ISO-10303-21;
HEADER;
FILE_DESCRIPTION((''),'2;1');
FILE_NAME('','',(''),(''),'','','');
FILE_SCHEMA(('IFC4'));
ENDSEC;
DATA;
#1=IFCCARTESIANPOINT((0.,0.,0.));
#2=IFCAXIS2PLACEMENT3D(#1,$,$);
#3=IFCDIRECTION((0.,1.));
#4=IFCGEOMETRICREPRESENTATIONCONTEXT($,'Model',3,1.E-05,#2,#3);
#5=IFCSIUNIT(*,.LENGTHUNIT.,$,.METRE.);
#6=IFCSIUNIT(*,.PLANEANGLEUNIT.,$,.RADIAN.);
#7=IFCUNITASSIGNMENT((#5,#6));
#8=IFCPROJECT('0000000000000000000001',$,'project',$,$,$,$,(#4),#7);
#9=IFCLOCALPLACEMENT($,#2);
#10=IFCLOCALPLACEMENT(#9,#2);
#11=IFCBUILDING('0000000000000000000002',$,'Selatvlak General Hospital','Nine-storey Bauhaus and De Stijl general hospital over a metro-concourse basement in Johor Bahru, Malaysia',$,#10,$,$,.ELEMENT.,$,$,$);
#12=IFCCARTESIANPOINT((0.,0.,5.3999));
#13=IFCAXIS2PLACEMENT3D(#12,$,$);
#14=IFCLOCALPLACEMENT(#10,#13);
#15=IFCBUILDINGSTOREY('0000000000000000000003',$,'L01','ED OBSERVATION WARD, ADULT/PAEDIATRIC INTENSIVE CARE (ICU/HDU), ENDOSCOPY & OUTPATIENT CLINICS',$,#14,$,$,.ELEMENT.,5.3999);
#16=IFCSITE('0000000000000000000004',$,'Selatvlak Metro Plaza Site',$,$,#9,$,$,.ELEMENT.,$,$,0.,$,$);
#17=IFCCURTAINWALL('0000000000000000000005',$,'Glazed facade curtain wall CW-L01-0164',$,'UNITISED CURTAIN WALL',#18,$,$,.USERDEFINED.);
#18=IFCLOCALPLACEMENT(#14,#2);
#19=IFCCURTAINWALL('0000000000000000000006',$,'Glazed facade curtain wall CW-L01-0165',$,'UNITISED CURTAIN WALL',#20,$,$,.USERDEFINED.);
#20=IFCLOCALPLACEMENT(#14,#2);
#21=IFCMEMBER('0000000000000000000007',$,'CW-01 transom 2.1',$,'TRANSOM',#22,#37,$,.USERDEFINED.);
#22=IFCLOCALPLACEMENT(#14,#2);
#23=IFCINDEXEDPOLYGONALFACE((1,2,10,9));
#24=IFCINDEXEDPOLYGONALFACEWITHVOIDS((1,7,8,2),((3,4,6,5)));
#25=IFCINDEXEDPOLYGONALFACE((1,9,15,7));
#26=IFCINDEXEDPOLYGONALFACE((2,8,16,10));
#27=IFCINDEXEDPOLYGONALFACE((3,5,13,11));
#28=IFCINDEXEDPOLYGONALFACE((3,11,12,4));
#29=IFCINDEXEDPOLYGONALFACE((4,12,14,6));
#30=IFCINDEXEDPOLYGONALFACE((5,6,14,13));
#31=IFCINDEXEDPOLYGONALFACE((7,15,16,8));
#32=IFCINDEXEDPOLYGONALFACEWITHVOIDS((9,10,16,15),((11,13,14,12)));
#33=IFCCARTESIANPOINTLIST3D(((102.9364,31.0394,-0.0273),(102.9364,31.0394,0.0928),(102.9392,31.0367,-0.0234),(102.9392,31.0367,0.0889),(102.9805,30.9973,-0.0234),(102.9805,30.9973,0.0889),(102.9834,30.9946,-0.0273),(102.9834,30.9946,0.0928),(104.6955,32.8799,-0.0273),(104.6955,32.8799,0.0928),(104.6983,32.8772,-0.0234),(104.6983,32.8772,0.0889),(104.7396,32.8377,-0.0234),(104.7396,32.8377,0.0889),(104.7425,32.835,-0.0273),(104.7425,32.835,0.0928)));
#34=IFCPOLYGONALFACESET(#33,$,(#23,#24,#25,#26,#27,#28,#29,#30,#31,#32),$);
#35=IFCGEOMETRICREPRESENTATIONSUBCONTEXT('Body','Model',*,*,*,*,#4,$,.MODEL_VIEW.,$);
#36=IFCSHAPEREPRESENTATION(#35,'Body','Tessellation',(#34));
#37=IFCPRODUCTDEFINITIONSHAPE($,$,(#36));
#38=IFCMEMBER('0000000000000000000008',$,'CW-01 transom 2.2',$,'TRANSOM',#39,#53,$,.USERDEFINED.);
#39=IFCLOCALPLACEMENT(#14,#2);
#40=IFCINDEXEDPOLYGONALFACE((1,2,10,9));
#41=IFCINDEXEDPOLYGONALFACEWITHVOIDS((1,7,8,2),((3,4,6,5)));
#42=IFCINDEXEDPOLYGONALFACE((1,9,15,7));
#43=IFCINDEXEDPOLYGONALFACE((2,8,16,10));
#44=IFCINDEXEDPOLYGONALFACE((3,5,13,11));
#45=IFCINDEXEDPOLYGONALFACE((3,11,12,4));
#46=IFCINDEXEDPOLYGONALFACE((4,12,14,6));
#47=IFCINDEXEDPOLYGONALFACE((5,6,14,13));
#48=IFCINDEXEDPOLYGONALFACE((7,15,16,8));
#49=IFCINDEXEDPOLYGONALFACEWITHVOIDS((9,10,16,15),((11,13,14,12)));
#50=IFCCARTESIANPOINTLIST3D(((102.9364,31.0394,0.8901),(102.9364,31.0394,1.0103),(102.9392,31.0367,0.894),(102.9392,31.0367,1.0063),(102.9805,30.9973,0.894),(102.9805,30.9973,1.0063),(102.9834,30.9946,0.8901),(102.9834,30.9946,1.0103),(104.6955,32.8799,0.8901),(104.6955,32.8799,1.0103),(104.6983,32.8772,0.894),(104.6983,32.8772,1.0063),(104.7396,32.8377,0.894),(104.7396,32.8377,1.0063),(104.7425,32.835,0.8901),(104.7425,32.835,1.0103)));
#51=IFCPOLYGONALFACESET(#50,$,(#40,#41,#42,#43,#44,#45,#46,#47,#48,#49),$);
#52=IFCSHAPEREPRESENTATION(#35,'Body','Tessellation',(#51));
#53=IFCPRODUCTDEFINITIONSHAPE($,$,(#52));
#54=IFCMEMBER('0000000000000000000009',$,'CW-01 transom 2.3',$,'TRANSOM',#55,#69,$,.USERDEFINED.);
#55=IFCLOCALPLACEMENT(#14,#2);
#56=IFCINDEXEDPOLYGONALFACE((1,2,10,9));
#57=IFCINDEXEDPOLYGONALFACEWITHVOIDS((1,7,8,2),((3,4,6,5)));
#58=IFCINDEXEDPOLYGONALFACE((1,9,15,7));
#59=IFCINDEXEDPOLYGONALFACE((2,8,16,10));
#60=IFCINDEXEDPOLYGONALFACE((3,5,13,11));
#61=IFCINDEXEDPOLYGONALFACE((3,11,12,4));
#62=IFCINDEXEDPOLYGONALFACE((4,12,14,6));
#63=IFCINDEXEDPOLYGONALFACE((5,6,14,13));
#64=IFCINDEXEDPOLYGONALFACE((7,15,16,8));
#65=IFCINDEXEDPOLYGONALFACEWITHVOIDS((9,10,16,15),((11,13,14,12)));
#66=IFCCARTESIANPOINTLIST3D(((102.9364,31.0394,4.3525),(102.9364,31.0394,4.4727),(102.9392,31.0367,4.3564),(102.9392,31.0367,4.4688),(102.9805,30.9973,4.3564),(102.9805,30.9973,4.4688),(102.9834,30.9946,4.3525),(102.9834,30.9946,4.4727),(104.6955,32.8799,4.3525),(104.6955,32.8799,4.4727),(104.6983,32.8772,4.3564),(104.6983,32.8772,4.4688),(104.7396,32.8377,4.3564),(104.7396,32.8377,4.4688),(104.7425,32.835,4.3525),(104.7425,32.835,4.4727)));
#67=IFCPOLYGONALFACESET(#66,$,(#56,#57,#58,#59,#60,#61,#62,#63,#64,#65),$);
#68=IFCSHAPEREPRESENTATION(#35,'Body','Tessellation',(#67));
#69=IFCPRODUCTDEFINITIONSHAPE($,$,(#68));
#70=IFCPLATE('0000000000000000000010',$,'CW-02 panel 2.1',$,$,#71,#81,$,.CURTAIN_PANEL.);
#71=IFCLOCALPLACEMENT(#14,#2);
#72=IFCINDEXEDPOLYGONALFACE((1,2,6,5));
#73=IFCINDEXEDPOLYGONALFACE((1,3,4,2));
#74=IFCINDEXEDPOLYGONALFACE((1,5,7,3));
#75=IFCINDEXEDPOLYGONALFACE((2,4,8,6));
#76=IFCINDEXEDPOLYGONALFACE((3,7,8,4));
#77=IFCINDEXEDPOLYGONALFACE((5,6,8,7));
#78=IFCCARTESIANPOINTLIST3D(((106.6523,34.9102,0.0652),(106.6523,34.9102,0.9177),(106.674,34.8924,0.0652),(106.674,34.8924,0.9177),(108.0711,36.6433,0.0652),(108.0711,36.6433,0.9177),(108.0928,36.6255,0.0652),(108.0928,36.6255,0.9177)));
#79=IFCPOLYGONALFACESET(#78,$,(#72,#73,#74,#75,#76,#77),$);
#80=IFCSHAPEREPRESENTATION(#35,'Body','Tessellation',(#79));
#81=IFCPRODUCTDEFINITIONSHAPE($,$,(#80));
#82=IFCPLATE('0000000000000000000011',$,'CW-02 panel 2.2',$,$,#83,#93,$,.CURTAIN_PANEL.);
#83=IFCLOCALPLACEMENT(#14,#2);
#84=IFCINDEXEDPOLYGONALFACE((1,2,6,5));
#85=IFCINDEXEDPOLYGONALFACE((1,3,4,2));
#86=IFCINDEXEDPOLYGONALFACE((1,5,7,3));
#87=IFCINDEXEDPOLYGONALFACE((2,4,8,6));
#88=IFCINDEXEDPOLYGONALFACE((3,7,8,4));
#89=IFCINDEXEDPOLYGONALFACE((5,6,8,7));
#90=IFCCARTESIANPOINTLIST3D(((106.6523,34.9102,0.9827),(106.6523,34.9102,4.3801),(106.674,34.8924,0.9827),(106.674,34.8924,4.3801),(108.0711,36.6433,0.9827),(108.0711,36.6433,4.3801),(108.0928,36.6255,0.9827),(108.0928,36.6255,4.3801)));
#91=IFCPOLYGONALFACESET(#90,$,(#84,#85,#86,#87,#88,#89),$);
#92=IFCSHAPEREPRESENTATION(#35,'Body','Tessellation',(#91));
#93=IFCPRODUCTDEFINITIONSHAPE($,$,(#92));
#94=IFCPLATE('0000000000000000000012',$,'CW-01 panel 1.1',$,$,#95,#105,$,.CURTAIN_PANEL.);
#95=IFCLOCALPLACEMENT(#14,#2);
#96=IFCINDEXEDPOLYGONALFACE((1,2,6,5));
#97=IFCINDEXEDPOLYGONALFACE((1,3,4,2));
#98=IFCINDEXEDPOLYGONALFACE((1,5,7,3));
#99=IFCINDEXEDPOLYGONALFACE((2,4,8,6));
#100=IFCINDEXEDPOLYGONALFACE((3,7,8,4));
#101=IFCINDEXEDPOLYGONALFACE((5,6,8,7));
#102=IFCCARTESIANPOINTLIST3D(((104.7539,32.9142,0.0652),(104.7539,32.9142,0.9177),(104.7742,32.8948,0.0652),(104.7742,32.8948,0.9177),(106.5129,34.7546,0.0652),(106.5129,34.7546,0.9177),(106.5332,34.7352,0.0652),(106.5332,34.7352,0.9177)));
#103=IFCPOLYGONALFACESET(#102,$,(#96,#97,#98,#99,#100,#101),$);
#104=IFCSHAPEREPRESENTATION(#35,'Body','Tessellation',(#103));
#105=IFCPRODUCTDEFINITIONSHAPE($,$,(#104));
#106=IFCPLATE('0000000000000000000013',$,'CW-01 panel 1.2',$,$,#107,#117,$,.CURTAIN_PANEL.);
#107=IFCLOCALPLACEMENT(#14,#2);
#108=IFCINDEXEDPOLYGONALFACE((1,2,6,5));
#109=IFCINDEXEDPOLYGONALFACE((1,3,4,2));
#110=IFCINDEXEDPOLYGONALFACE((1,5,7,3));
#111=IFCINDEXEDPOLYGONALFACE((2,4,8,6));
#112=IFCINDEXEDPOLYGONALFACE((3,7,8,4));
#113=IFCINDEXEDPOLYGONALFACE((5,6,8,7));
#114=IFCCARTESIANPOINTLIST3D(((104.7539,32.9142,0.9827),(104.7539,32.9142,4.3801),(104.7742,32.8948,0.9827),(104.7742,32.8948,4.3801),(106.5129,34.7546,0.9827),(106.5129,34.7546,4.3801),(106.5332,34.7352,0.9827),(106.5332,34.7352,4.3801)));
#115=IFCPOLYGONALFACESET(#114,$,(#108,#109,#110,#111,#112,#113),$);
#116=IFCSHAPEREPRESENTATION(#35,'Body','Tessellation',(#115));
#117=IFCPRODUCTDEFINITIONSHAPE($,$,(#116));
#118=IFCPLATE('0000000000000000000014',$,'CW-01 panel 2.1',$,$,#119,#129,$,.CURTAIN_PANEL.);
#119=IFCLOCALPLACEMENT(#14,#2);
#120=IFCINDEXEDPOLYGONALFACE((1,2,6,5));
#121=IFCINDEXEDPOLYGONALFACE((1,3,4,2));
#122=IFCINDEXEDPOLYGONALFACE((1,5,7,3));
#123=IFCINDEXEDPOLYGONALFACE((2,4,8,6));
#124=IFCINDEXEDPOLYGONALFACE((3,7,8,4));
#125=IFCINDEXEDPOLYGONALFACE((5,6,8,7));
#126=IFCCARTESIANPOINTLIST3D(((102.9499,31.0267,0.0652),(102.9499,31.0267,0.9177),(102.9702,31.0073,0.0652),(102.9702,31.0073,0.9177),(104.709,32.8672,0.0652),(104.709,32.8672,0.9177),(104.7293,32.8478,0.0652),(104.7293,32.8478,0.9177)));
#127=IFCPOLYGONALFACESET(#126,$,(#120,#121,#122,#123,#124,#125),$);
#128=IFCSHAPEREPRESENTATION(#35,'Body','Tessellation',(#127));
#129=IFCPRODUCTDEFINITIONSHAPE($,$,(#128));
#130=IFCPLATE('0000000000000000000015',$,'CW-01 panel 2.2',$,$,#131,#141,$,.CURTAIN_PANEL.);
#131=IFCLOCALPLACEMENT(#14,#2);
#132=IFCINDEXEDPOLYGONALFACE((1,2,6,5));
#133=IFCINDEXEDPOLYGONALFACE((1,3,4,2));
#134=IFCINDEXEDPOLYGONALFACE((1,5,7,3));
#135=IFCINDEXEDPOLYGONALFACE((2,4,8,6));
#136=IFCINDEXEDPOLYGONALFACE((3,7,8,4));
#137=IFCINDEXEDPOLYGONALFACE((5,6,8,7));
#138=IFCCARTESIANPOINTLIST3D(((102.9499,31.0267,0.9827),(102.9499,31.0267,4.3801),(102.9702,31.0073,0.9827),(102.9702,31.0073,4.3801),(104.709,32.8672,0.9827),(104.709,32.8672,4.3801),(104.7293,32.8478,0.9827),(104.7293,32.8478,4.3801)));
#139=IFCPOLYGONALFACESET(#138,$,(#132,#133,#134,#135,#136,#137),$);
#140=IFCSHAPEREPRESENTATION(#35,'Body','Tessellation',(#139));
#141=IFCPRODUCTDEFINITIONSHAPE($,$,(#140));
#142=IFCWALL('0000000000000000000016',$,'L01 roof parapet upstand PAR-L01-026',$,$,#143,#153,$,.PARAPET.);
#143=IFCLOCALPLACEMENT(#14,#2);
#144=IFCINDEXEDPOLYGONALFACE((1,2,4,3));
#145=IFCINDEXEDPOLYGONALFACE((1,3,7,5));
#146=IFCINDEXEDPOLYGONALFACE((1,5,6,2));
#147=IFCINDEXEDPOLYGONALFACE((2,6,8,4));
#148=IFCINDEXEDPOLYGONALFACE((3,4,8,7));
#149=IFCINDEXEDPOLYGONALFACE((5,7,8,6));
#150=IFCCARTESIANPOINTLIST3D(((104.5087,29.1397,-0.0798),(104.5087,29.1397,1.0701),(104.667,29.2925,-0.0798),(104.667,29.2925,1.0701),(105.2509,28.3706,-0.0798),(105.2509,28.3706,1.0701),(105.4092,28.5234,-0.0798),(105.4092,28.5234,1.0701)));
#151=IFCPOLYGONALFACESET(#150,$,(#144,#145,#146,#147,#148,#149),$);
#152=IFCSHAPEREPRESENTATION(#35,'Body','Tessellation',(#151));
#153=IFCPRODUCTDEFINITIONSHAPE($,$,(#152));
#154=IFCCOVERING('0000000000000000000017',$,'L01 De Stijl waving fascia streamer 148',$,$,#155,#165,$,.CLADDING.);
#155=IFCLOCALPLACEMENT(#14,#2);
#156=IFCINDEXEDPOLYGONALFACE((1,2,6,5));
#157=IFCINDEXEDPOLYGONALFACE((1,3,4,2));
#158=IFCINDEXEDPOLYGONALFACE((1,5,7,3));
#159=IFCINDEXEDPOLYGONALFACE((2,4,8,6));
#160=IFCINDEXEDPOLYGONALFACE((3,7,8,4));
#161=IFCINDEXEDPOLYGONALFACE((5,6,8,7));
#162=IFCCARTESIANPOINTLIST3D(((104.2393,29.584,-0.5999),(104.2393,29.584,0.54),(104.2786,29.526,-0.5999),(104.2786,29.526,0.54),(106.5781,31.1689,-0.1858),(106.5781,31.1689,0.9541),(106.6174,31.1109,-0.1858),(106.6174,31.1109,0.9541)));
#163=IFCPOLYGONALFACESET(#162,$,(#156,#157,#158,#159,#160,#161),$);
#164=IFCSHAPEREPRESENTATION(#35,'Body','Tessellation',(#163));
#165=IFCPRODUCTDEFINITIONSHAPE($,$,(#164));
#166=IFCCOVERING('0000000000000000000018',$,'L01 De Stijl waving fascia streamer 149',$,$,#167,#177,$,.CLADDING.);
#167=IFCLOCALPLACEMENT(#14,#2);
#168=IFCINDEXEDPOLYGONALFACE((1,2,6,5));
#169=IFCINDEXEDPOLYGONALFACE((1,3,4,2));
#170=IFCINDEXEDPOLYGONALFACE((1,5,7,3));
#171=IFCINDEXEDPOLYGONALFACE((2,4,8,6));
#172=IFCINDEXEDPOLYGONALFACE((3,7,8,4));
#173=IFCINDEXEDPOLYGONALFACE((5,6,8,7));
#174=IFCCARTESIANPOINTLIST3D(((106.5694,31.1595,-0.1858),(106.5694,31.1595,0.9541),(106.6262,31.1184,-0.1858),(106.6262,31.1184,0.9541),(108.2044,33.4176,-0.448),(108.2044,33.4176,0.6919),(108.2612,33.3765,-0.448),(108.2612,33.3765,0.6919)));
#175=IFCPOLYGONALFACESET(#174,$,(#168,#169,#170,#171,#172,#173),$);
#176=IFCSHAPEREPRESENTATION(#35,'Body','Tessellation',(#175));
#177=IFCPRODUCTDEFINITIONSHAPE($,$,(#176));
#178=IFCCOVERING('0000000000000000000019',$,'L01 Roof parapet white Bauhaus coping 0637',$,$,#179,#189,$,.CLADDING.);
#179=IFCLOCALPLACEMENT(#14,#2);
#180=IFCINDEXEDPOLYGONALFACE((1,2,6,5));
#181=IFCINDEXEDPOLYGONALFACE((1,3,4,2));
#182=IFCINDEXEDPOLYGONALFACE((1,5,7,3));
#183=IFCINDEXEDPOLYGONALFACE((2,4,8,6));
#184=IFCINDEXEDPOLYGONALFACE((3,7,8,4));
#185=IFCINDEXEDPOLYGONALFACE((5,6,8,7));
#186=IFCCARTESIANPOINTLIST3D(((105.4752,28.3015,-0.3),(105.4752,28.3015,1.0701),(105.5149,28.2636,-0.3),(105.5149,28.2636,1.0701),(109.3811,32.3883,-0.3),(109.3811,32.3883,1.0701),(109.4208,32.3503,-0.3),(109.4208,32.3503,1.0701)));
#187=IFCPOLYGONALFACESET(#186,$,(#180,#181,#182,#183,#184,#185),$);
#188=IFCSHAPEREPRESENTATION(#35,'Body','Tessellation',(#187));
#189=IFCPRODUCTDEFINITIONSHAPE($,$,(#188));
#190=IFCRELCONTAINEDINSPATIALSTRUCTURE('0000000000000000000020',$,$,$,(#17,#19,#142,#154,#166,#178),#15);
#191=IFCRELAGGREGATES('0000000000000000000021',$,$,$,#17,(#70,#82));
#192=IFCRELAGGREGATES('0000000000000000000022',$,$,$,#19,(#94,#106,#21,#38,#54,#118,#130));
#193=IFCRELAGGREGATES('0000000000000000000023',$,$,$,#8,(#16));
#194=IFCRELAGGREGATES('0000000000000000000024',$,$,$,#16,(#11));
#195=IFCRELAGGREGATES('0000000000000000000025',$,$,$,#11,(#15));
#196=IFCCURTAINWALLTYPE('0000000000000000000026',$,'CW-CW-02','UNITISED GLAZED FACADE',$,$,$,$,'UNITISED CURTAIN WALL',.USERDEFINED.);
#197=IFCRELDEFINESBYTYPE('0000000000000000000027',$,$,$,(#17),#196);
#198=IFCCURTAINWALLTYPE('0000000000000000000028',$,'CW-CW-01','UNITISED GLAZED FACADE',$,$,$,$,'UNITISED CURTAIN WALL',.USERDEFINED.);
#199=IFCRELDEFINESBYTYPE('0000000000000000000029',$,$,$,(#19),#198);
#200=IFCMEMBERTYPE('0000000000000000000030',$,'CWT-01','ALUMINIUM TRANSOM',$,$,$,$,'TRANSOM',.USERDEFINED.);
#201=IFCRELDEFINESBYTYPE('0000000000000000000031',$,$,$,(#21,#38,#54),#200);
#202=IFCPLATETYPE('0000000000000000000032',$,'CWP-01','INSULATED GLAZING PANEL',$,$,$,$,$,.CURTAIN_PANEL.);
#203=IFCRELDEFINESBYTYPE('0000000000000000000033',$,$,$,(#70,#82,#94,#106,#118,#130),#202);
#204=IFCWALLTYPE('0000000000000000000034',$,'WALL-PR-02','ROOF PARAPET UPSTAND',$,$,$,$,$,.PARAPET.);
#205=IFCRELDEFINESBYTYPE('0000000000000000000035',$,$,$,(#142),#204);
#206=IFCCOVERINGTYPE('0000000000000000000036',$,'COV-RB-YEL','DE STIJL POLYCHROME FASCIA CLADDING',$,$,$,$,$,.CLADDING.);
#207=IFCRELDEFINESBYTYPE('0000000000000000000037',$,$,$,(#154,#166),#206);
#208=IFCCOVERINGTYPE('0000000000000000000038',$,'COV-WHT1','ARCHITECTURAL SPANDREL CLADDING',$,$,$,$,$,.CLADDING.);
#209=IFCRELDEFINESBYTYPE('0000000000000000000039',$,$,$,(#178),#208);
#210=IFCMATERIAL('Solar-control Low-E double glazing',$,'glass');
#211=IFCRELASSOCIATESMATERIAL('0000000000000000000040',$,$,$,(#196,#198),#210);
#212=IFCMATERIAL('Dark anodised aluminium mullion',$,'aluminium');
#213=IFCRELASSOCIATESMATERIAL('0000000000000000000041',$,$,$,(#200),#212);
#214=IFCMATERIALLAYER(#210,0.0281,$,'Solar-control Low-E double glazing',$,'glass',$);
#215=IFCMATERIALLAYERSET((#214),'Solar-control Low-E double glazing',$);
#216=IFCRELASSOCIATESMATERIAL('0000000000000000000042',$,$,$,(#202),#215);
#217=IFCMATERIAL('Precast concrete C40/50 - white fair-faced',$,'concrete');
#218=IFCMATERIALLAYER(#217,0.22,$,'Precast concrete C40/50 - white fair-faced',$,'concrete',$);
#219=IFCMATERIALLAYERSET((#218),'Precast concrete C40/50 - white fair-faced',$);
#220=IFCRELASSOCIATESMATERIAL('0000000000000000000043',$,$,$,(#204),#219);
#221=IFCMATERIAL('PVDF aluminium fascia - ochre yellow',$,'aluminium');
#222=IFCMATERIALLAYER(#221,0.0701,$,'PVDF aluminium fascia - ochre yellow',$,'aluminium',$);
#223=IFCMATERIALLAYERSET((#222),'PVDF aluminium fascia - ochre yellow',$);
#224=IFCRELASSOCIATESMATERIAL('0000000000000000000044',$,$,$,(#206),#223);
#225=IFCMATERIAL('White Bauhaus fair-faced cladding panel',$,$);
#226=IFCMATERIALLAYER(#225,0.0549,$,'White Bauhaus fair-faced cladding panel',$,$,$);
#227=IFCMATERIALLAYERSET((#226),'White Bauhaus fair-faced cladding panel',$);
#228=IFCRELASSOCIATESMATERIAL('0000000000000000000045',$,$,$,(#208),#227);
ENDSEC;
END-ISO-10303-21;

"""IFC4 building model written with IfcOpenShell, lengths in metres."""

from ifc_helpers import new_model, si_unit, direction, frame, frame_2d, origin, origin_2d, place, context, subcontext, project, spatial, polyline, rectangle, hollow_rectangle, outline, extrude, material, layer, layer_set, material_profile, profile_set, type_object, element, aggregate, save


model = new_model("IFC4")

# Units and contexts
model_context = context("Model", 3, precision=1e-05, world=origin(), true_north=direction((0.0, 1.0)))
body_context = subcontext(model_context, "Body", "Model", "MODEL_VIEW")
ifc_project = project(units=[si_unit("LENGTHUNIT", "METRE"), si_unit("PLANEANGLEUNIT", "RADIAN")], contexts=[model_context])

# Site, building, storey
site_placement = place(None, origin())
site = spatial("IfcSite", under=ifc_project, at=site_placement, Name="Selatvlak Metro Plaza Site", CompositionType="ELEMENT", RefElevation=0.0)
building_placement = place(site_placement, origin())
building = spatial("IfcBuilding", under=site, at=building_placement, Name="Selatvlak General Hospital", Description="Nine-storey Bauhaus and De Stijl general hospital over a metro-concourse basement in Johor Bahru, Malaysia", CompositionType="ELEMENT")
storey_placement = place(building_placement, frame((0.0, 0.0, 5.3999)))
storey = spatial("IfcBuildingStorey", under=building, at=storey_placement, Name="L01", Description="ED OBSERVATION WARD, ADULT/PAEDIATRIC INTENSIVE CARE (ICU/HDU), ENDOSCOPY & OUTPATIENT CLINICS", CompositionType="ELEMENT", Elevation=5.3999)

# Curtain wall
ifc_material_1 = material(Name="Solar-control Low-E double glazing", Category="glass")
curtain_wall_type_1 = type_object("IfcCurtainWallType", Name="CW-CW-02", Description="UNITISED GLAZED FACADE", ElementType="UNITISED CURTAIN WALL", PredefinedType="USERDEFINED", material=ifc_material_1)
curtain_wall_1_placement = place(storey_placement, origin())
curtain_wall_1 = element("IfcCurtainWall", 1, at=curtain_wall_1_placement, inside=storey, type_object=curtain_wall_type_1, Name="Glazed facade curtain wall CW-L01-0164", ObjectType="UNITISED CURTAIN WALL", PredefinedType="USERDEFINED")
ifc_material_2 = material(Name="Dark anodised aluminium mullion", Category="aluminium")

# Curtain wall
curtain_wall_type_2 = type_object("IfcCurtainWallType", Name="CW-CW-01", Description="UNITISED GLAZED FACADE", ElementType="UNITISED CURTAIN WALL", PredefinedType="USERDEFINED", material=ifc_material_1)
curtain_wall_2_placement = place(storey_placement, origin())
curtain_wall_2 = element("IfcCurtainWall", 2, at=curtain_wall_2_placement, inside=storey, type_object=curtain_wall_type_2, Name="Glazed facade curtain wall CW-L01-0165", ObjectType="UNITISED CURTAIN WALL", PredefinedType="USERDEFINED")

# Members
ifc_material_profile_1 = material_profile(ifc_material_2, hollow_rectangle(XDim=0.0649, YDim=0.1201, WallThickness=0.0039, at=origin_2d()), Name="AL-TRN 65x120x4")
ifc_profile_set_1 = profile_set([ifc_material_profile_1], Name="Dark anodised aluminium mullion")
member_type_1 = type_object("IfcMemberType", Name="CWT-01", Description="ALUMINIUM TRANSOM", ElementType="TRANSOM", PredefinedType="USERDEFINED", material=ifc_profile_set_1)
member_1_placement = place(storey_placement, frame((104.719, 32.8574, 0.0327), z_axis=(-0.690959, -0.722894, 0.0), x_axis=(0.722894, -0.690959, 0.0)))
member_1 = element("IfcMember", 3, at=member_1_placement, type_object=member_type_1, Name="CW-01 transom 2.1", ObjectType="TRANSOM", PredefinedType="USERDEFINED", context=body_context, shape_type="SweptSolid", body=[
    extrude(hollow_rectangle(XDim=0.0649, YDim=0.1201, WallThickness=0.0039, at=origin_2d()), origin(), (0.0, 0.0, 1.0), 2.5459),
])
member_2_placement = place(storey_placement, frame((104.719, 32.8574, 0.9502), z_axis=(-0.690959, -0.722894, 0.0), x_axis=(0.722894, -0.690959, 0.0)))
member_2 = element("IfcMember", 4, at=member_2_placement, type_object=member_type_1, Name="CW-01 transom 2.2", ObjectType="TRANSOM", PredefinedType="USERDEFINED", context=body_context, shape_type="SweptSolid", body=[
    extrude(hollow_rectangle(XDim=0.0649, YDim=0.1201, WallThickness=0.0039, at=origin_2d()), origin(), (0.0, 0.0, 1.0), 2.5459),
])
member_3_placement = place(storey_placement, frame((104.719, 32.8574, 4.4126), z_axis=(-0.690959, -0.722894, 0.0), x_axis=(0.722894, -0.690959, 0.0)))
member_3 = element("IfcMember", 5, at=member_3_placement, type_object=member_type_1, Name="CW-01 transom 2.3", ObjectType="TRANSOM", PredefinedType="USERDEFINED", context=body_context, shape_type="SweptSolid", body=[
    extrude(hollow_rectangle(XDim=0.0649, YDim=0.1201, WallThickness=0.0039, at=origin_2d()), origin(), (0.0, 0.0, 1.0), 2.5459),
])

# Plates
ifc_layer_1 = layer(ifc_material_1, 0.0281, Name="Solar-control Low-E double glazing", Category="glass")
ifc_layer_set_1 = layer_set([ifc_layer_1], Name="Solar-control Low-E double glazing")
plate_type = type_object("IfcPlateType", Name="CWP-01", Description="INSULATED GLAZING PANEL", PredefinedType="CURTAIN_PANEL", material=ifc_layer_set_1)
plate_1_placement = place(storey_placement, frame((107.3726, 35.7678, 0.0652), z_axis=(0.0, 0.0, 1.0), x_axis=(-0.633447, -0.773786, 0.0)))
plate_1 = element("IfcPlate", 6, at=plate_1_placement, type_object=plate_type, Name="CW-02 panel 2.1", PredefinedType="CURTAIN_PANEL", context=body_context, shape_type="SweptSolid", body=[
    extrude(rectangle(XDim=2.2397, YDim=0.0281, at=origin_2d()), origin(), (0.0, 0.0, 1.0), 0.8525),
])
plate_2_placement = place(storey_placement, frame((107.3726, 35.7678, 0.9827), z_axis=(0.0, 0.0, 1.0), x_axis=(-0.633447, -0.773786, 0.0)))
plate_2 = element("IfcPlate", 7, at=plate_2_placement, type_object=plate_type, Name="CW-02 panel 2.2", PredefinedType="CURTAIN_PANEL", context=body_context, shape_type="SweptSolid", body=[
    extrude(rectangle(XDim=2.2397, YDim=0.0281, at=origin_2d()), origin(), (0.0, 0.0, 1.0), 3.3975),
])
aggregate(curtain_wall_1, [plate_1, plate_2])
plate_3_placement = place(storey_placement, frame((105.6436, 33.8247, 0.0652), z_axis=(0.0, 0.0, 1.0), x_axis=(-0.690943, -0.722909, 0.0)))
plate_3 = element("IfcPlate", 8, at=plate_3_placement, type_object=plate_type, Name="CW-01 panel 1.1", PredefinedType="CURTAIN_PANEL", context=body_context, shape_type="SweptSolid", body=[
    extrude(rectangle(XDim=2.5459, YDim=0.0281, at=origin_2d()), origin(), (0.0, 0.0, 1.0), 0.8525),
])
plate_4_placement = place(storey_placement, frame((105.6436, 33.8247, 0.9827), z_axis=(0.0, 0.0, 1.0), x_axis=(-0.690943, -0.722909, 0.0)))
plate_4 = element("IfcPlate", 9, at=plate_4_placement, type_object=plate_type, Name="CW-01 panel 1.2", PredefinedType="CURTAIN_PANEL", context=body_context, shape_type="SweptSolid", body=[
    extrude(rectangle(XDim=2.5459, YDim=0.0281, at=origin_2d()), origin(), (0.0, 0.0, 1.0), 3.3975),
])
plate_5_placement = place(storey_placement, frame((103.8396, 31.9373, 0.0652), z_axis=(0.0, 0.0, 1.0), x_axis=(-0.690943, -0.722909, 0.0)))
plate_5 = element("IfcPlate", 10, at=plate_5_placement, type_object=plate_type, Name="CW-01 panel 2.1", PredefinedType="CURTAIN_PANEL", context=body_context, shape_type="SweptSolid", body=[
    extrude(rectangle(XDim=2.5459, YDim=0.0281, at=origin_2d()), origin(), (0.0, 0.0, 1.0), 0.8525),
])
plate_6_placement = place(storey_placement, frame((103.8396, 31.9373, 0.9827), z_axis=(0.0, 0.0, 1.0), x_axis=(-0.690943, -0.722909, 0.0)))
plate_6 = element("IfcPlate", 11, at=plate_6_placement, type_object=plate_type, Name="CW-01 panel 2.2", PredefinedType="CURTAIN_PANEL", context=body_context, shape_type="SweptSolid", body=[
    extrude(rectangle(XDim=2.5459, YDim=0.0281, at=origin_2d()), origin(), (0.0, 0.0, 1.0), 3.3975),
])
aggregate(curtain_wall_2, [plate_3, plate_4, member_1, member_2, member_3, plate_5, plate_6])

# Wall
ifc_material_3 = material(Name="Precast concrete C40/50 - white fair-faced", Category="concrete")
ifc_layer_2 = layer(ifc_material_3, 0.22, Name="Precast concrete C40/50 - white fair-faced", Category="concrete")
ifc_layer_set_2 = layer_set([ifc_layer_2], Name="Precast concrete C40/50 - white fair-faced")
wall_type = type_object("IfcWallType", Name="WALL-PR-02", Description="ROOF PARAPET UPSTAND", PredefinedType="PARAPET", material=ifc_layer_set_2)
wall_placement = place(storey_placement, frame((105.3301, 28.447, -0.0798), z_axis=(0.0, 0.0, 1.0), x_axis=(-0.694431, 0.719559, 0.0)))
element("IfcWall", 12, at=wall_placement, inside=storey, type_object=wall_type, Name="L01 roof parapet upstand PAR-L01-026", PredefinedType="PARAPET", context=body_context, shape_type="SweptSolid", body=[
    extrude(rectangle(XDim=1.0688, YDim=0.22, at=frame_2d((0.5344, 0.0))), origin(), (0.0, 0.0, 1.0), 1.1499),
])

# Coverings
ifc_material_4 = material(Name="PVDF aluminium fascia - ochre yellow", Category="aluminium")
ifc_layer_3 = layer(ifc_material_4, 0.0701, Name="PVDF aluminium fascia - ochre yellow", Category="aluminium")
ifc_layer_set_3 = layer_set([ifc_layer_3], Name="PVDF aluminium fascia - ochre yellow")
covering_type_1 = type_object("IfcCoveringType", Name="COV-RB-YEL", Description="DE STIJL POLYCHROME FASCIA CLADDING", PredefinedType="CLADDING", material=ifc_layer_set_3)
covering_1_placement = place(storey_placement, frame((104.259, 29.5549, -0.5999), z_axis=(0.0, 0.0, 1.0), x_axis=(0.827825, 0.560986, 0.0)))
element("IfcCovering", 13, at=covering_1_placement, inside=storey, type_object=covering_type_1, Name="L01 De Stijl waving fascia streamer 148", PredefinedType="CLADDING", context=body_context, shape_type="SweptSolid", body=[
    extrude(outline(polyline([(0.0, 0.0), (2.8252, 0.4141), (2.8252, 1.554), (0.0, 1.1399), (0.0, 0.0)])), frame((0.0, 0.0352, 0.0), z_axis=(0.0, -1.0, 0.0), x_axis=(1.0, 0.0, 0.0)), (0.0, 0.0, 1.0), 0.0701),
])
covering_2_placement = place(storey_placement, frame((106.5979, 31.1389, -0.1858), z_axis=(0.0, 0.0, 1.0), x_axis=(0.586478, 0.809965, 0.0)))
element("IfcCovering", 14, at=covering_2_placement, inside=storey, type_object=covering_type_1, Name="L01 De Stijl waving fascia streamer 149", PredefinedType="CLADDING", context=body_context, shape_type="SweptSolid", body=[
    extrude(outline(polyline([(0.0, 0.0), (2.7878, -0.2622), (2.7878, 0.8777), (0.0, 1.1399), (0.0, 0.0)])), frame((0.0, 0.0352, 0.0), z_axis=(0.0, -1.0, 0.0), x_axis=(1.0, 0.0, 0.0)), (0.0, 0.0, 1.0), 0.0701),
])
ifc_material_5 = material(Name="White Bauhaus fair-faced cladding panel")
ifc_layer_4 = layer(ifc_material_5, 0.0549, Name="White Bauhaus fair-faced cladding panel")
ifc_layer_set_4 = layer_set([ifc_layer_4], Name="White Bauhaus fair-faced cladding panel")
covering_type_2 = type_object("IfcCoveringType", Name="COV-WHT1", Description="ARCHITECTURAL SPANDREL CLADDING", PredefinedType="CLADDING", material=ifc_layer_set_4)
covering_3_placement = place(storey_placement, frame((107.448, 30.3259, -0.3), z_axis=(0.0, 0.0, 1.0), x_axis=(-0.69092, -0.722931, 0.0)))
element("IfcCovering", 15, at=covering_3_placement, inside=storey, type_object=covering_type_2, Name="L01 Roof parapet white Bauhaus coping 0637", PredefinedType="CLADDING", context=body_context, shape_type="SweptSolid", body=[
    extrude(rectangle(XDim=5.6531, YDim=0.0549, at=origin_2d()), origin(), (0.0, 0.0, 1.0), 1.3701),
])

save(model, "model.ifc")
